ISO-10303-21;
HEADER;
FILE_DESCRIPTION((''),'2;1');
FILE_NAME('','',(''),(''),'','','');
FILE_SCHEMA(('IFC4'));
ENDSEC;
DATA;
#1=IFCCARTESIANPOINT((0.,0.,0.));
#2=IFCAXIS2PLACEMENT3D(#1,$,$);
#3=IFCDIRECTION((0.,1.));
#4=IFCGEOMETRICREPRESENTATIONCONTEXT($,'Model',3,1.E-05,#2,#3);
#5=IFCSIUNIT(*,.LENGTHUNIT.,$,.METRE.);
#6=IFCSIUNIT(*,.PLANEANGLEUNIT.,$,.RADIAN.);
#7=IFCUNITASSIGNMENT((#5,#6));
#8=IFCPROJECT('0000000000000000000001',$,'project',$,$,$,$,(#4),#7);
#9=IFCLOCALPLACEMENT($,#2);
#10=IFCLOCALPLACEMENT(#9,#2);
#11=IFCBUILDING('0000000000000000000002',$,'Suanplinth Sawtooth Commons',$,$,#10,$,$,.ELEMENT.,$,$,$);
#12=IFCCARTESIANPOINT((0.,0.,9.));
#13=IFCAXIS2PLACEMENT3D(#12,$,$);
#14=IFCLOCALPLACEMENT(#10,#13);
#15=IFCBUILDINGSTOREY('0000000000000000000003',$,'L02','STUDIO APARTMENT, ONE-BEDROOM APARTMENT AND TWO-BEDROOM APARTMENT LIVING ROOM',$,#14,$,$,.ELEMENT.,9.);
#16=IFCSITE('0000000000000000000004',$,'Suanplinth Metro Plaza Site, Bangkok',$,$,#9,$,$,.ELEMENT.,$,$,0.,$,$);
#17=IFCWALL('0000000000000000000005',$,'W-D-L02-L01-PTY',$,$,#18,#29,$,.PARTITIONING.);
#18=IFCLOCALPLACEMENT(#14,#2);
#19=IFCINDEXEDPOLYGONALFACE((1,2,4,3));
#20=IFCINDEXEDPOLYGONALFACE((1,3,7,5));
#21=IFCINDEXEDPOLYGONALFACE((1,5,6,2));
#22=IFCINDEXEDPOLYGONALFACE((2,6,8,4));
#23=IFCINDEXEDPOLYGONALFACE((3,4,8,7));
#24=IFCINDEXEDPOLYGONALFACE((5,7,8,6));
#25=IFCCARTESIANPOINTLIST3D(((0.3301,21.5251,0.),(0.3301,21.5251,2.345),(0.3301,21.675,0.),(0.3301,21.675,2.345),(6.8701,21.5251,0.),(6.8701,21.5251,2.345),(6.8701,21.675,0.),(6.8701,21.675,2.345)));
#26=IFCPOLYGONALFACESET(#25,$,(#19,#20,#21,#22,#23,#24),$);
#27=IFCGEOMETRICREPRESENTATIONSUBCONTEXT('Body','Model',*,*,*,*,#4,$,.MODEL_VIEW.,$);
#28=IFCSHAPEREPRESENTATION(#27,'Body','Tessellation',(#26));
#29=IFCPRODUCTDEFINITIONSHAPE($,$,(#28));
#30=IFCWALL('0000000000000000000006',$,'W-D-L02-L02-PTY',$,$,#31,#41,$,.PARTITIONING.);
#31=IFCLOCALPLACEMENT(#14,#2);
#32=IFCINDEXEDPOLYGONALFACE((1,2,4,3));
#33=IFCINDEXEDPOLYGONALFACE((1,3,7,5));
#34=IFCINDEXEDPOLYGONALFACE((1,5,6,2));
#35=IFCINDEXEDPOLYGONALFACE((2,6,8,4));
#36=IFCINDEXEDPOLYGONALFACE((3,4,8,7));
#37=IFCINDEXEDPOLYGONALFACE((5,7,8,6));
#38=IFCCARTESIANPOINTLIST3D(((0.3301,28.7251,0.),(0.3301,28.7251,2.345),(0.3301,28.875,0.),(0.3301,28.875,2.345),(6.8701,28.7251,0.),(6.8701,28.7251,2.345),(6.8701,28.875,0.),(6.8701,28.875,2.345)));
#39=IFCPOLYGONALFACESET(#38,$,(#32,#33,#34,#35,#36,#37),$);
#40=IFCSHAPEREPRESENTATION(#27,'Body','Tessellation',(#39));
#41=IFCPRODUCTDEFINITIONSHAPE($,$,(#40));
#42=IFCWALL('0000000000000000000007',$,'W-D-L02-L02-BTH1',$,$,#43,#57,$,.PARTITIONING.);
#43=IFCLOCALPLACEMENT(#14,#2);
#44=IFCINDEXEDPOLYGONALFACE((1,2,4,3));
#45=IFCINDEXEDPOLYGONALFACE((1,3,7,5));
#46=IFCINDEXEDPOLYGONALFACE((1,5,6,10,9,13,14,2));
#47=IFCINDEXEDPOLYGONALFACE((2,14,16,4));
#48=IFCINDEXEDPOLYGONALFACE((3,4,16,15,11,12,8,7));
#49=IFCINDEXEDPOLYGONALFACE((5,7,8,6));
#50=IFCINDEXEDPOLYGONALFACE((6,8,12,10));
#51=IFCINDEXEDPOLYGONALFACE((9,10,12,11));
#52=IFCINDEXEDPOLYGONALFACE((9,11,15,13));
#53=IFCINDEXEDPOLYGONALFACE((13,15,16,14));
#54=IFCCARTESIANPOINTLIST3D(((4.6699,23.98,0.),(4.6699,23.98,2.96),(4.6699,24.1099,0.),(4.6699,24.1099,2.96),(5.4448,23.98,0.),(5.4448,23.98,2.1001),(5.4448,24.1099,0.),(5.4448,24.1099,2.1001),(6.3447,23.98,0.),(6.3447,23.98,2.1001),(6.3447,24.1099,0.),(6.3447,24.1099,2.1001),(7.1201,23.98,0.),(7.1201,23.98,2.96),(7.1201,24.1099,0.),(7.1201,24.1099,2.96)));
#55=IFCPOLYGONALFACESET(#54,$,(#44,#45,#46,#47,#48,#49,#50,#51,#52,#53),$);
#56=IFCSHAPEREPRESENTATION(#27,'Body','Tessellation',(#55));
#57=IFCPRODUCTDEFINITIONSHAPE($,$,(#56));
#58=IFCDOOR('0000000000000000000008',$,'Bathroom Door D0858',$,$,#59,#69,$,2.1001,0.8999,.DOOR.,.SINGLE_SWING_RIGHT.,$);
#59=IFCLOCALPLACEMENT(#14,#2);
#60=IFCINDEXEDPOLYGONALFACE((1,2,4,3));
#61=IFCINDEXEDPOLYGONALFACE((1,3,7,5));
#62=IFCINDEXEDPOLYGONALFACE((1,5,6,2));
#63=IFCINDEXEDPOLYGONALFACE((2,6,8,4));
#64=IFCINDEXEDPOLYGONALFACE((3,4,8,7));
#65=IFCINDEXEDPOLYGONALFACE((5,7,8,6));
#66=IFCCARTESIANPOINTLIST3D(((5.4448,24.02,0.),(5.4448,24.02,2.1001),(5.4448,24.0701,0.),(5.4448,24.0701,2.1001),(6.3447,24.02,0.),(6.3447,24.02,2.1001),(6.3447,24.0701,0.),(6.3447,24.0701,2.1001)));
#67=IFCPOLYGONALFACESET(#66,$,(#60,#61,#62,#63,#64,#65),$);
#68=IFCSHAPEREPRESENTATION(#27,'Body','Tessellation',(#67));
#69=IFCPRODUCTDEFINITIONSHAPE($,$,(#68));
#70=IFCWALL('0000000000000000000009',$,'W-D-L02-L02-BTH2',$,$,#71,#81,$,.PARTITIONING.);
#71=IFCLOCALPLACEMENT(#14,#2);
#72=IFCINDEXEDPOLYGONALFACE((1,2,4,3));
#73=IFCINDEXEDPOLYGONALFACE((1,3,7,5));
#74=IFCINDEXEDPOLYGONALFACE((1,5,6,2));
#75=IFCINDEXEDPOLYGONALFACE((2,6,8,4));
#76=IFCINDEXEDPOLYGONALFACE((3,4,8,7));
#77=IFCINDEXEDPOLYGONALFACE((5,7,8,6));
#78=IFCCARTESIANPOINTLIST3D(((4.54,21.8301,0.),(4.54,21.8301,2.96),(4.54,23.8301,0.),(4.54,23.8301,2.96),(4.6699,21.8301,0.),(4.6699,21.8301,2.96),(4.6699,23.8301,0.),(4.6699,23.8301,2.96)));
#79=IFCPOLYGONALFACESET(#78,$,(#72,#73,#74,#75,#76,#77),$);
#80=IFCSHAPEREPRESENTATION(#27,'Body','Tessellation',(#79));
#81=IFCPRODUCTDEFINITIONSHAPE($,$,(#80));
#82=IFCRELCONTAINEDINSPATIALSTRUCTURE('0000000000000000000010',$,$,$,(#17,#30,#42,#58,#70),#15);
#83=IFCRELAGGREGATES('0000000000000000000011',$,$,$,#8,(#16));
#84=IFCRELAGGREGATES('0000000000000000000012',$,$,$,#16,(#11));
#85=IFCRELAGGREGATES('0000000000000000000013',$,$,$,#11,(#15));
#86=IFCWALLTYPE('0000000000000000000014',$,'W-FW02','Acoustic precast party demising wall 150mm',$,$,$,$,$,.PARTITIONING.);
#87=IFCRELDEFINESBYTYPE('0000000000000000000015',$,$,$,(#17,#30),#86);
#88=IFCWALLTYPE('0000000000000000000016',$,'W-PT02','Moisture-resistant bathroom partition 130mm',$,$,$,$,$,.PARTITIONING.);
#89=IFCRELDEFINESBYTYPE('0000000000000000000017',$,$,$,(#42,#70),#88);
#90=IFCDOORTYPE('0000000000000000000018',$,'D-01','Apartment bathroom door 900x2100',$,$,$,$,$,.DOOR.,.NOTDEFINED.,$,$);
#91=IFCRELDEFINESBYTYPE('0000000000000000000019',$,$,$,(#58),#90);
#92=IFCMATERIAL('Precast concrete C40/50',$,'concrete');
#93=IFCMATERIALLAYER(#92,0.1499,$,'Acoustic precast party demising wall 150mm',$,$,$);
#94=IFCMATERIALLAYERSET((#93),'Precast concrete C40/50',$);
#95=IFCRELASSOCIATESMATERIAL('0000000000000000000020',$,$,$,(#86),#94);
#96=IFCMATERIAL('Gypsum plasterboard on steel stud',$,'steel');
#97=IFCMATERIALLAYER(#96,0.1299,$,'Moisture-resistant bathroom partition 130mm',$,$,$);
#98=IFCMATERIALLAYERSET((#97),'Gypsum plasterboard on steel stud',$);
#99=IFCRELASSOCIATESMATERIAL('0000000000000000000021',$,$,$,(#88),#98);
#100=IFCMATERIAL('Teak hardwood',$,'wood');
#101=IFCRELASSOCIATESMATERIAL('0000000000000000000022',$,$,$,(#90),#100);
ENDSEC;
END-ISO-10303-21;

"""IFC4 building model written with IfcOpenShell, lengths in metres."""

from ifc_helpers import new_model, si_unit, direction, frame, frame_2d, origin, place, context, subcontext, project, spatial, rectangle, extrude, material, layer, layer_set, type_object, element, fill, save


model = new_model("IFC4")

# Units and contexts
model_context = context("Model", 3, precision=1e-05, world=origin(), true_north=direction((0.0, 1.0)))
body_context = subcontext(model_context, "Body", "Model", "MODEL_VIEW")
ifc_project = project(units=[si_unit("LENGTHUNIT", "METRE"), si_unit("PLANEANGLEUNIT", "RADIAN")], contexts=[model_context])

# Site, building, storey
site_placement = place(None, origin())
site = spatial("IfcSite", under=ifc_project, at=site_placement, Name="Suanplinth Metro Plaza Site, Bangkok", CompositionType="ELEMENT", RefElevation=0.0)
building_placement = place(site_placement, origin())
building = spatial("IfcBuilding", under=site, at=building_placement, Name="Suanplinth Sawtooth Commons", CompositionType="ELEMENT")
storey_placement = place(building_placement, frame((0.0, 0.0, 9.0)))
storey = spatial("IfcBuildingStorey", under=building, at=storey_placement, Name="L02", Description="STUDIO APARTMENT, ONE-BEDROOM APARTMENT AND TWO-BEDROOM APARTMENT LIVING ROOM", CompositionType="ELEMENT", Elevation=9.0)

# Shared definitions
ifc_material_1 = material(Name="Precast concrete C40/50", Category="concrete")

# Walls
ifc_layer_1 = layer(ifc_material_1, 0.1499, Name="Acoustic precast party demising wall 150mm")
ifc_layer_set_1 = layer_set([ifc_layer_1], Name="Precast concrete C40/50")
wall_type_1 = type_object("IfcWallType", Name="W-FW02", Description="Acoustic precast party demising wall 150mm", PredefinedType="PARTITIONING", material=ifc_layer_set_1)
for number, where, z_axis, x_axis, name in (
    (1, (0.3301, 21.6001, 0.0), (0.0, 0.0, 1.0), (1.0, 0.0, 0.0), "W-D-L02-L01-PTY"),
    (2, (0.3301, 28.8, 0.0), (0.0, 0.0, 1.0), (1.0, 0.0, 0.0), "W-D-L02-L02-PTY"),
):
    element("IfcWall", number, at=place(storey_placement, frame(where, z_axis=z_axis, x_axis=x_axis)), inside=storey, type_object=wall_type_1, Name=name, PredefinedType="PARTITIONING", context=body_context, shape_type="SweptSolid", body=[
        extrude(rectangle(XDim=6.54, YDim=0.1499, at=frame_2d((3.27, 0.0))), origin(), (0.0, 0.0, 1.0), 2.345),
    ])

# Wall, opening, door
ifc_material_2 = material(Name="Gypsum plasterboard on steel stud", Category="steel")
ifc_layer_2 = layer(ifc_material_2, 0.1299, Name="Moisture-resistant bathroom partition 130mm")
ifc_layer_set_2 = layer_set([ifc_layer_2], Name="Gypsum plasterboard on steel stud")
wall_type_2 = type_object("IfcWallType", Name="W-PT02", Description="Moisture-resistant bathroom partition 130mm", PredefinedType="PARTITIONING", material=ifc_layer_set_2)
wall_1_placement = place(storey_placement, frame((4.6699, 24.0449, 0.0), z_axis=(0.0, 0.0, 1.0), x_axis=(1.0, 0.0, 0.0)))
wall_1 = element("IfcWall", 3, at=wall_1_placement, inside=storey, type_object=wall_type_2, Name="W-D-L02-L02-BTH1", PredefinedType="PARTITIONING", context=body_context, shape_type="SweptSolid", body=[
    extrude(rectangle(XDim=2.4502, YDim=0.1299, at=frame_2d((1.2251, 0.0))), origin(), (0.0, 0.0, 1.0), 2.96),
])
opening_1_placement = place(wall_1_placement, frame((0.7749, 0.0, 0.0)))
opening_1 = element("IfcOpeningElement", 4, at=opening_1_placement, cuts=wall_1, PredefinedType="OPENING", context=body_context, shape_type="SweptSolid", body=[
    extrude(rectangle(XDim=0.8999, YDim=2.1001, at=frame_2d((0.45, 1.05))), frame((0.0, 0.0798, 0.0), z_axis=(0.0, -1.0, 0.0), x_axis=(1.0, 0.0, 0.0)), (0.0, 0.0, 1.0), 0.1597),
])
ifc_material_3 = material(Name="Teak hardwood", Category="wood")
door_type_1 = type_object("IfcDoorType", Name="D-01", Description="Apartment bathroom door 900x2100", OperationType="NOTDEFINED", PredefinedType="DOOR", material=ifc_material_3)
door_1_placement = place(opening_1_placement, frame((0.8999, 0.0, 0.0), z_axis=(0.0, 0.0, 1.0), x_axis=(-1.0, 0.0, 0.0)))
door_1 = element("IfcDoor", 5, at=door_1_placement, inside=storey, type_object=door_type_1, Name="Bathroom Door D0858", OperationType="SINGLE_SWING_RIGHT", OverallHeight=2.1001, OverallWidth=0.8999, PredefinedType="DOOR", context=body_context, shape_type="SweptSolid", body=[
    extrude(rectangle(XDim=0.8999, YDim=2.1001, at=frame_2d((0.45, 1.05))), frame((0.0, 0.0249, 0.0), z_axis=(0.0, -1.0, 0.0), x_axis=(1.0, 0.0, 0.0)), (0.0, 0.0, 1.0), 0.05),
])
fill(opening_1, door_1)

# Wall
wall_2_placement = place(storey_placement, frame((4.605, 21.8301, 0.0), z_axis=(0.0, 0.0, 1.0), x_axis=(0.0, 1.0, 0.0)))
element("IfcWall", 6, at=wall_2_placement, inside=storey, type_object=wall_type_2, Name="W-D-L02-L02-BTH2", PredefinedType="PARTITIONING", context=body_context, shape_type="SweptSolid", body=[
    extrude(rectangle(XDim=2.0, YDim=0.1299, at=frame_2d((1.0, 0.0))), origin(), (0.0, 0.0, 1.0), 2.96),
])

save(model, "model.ifc")
